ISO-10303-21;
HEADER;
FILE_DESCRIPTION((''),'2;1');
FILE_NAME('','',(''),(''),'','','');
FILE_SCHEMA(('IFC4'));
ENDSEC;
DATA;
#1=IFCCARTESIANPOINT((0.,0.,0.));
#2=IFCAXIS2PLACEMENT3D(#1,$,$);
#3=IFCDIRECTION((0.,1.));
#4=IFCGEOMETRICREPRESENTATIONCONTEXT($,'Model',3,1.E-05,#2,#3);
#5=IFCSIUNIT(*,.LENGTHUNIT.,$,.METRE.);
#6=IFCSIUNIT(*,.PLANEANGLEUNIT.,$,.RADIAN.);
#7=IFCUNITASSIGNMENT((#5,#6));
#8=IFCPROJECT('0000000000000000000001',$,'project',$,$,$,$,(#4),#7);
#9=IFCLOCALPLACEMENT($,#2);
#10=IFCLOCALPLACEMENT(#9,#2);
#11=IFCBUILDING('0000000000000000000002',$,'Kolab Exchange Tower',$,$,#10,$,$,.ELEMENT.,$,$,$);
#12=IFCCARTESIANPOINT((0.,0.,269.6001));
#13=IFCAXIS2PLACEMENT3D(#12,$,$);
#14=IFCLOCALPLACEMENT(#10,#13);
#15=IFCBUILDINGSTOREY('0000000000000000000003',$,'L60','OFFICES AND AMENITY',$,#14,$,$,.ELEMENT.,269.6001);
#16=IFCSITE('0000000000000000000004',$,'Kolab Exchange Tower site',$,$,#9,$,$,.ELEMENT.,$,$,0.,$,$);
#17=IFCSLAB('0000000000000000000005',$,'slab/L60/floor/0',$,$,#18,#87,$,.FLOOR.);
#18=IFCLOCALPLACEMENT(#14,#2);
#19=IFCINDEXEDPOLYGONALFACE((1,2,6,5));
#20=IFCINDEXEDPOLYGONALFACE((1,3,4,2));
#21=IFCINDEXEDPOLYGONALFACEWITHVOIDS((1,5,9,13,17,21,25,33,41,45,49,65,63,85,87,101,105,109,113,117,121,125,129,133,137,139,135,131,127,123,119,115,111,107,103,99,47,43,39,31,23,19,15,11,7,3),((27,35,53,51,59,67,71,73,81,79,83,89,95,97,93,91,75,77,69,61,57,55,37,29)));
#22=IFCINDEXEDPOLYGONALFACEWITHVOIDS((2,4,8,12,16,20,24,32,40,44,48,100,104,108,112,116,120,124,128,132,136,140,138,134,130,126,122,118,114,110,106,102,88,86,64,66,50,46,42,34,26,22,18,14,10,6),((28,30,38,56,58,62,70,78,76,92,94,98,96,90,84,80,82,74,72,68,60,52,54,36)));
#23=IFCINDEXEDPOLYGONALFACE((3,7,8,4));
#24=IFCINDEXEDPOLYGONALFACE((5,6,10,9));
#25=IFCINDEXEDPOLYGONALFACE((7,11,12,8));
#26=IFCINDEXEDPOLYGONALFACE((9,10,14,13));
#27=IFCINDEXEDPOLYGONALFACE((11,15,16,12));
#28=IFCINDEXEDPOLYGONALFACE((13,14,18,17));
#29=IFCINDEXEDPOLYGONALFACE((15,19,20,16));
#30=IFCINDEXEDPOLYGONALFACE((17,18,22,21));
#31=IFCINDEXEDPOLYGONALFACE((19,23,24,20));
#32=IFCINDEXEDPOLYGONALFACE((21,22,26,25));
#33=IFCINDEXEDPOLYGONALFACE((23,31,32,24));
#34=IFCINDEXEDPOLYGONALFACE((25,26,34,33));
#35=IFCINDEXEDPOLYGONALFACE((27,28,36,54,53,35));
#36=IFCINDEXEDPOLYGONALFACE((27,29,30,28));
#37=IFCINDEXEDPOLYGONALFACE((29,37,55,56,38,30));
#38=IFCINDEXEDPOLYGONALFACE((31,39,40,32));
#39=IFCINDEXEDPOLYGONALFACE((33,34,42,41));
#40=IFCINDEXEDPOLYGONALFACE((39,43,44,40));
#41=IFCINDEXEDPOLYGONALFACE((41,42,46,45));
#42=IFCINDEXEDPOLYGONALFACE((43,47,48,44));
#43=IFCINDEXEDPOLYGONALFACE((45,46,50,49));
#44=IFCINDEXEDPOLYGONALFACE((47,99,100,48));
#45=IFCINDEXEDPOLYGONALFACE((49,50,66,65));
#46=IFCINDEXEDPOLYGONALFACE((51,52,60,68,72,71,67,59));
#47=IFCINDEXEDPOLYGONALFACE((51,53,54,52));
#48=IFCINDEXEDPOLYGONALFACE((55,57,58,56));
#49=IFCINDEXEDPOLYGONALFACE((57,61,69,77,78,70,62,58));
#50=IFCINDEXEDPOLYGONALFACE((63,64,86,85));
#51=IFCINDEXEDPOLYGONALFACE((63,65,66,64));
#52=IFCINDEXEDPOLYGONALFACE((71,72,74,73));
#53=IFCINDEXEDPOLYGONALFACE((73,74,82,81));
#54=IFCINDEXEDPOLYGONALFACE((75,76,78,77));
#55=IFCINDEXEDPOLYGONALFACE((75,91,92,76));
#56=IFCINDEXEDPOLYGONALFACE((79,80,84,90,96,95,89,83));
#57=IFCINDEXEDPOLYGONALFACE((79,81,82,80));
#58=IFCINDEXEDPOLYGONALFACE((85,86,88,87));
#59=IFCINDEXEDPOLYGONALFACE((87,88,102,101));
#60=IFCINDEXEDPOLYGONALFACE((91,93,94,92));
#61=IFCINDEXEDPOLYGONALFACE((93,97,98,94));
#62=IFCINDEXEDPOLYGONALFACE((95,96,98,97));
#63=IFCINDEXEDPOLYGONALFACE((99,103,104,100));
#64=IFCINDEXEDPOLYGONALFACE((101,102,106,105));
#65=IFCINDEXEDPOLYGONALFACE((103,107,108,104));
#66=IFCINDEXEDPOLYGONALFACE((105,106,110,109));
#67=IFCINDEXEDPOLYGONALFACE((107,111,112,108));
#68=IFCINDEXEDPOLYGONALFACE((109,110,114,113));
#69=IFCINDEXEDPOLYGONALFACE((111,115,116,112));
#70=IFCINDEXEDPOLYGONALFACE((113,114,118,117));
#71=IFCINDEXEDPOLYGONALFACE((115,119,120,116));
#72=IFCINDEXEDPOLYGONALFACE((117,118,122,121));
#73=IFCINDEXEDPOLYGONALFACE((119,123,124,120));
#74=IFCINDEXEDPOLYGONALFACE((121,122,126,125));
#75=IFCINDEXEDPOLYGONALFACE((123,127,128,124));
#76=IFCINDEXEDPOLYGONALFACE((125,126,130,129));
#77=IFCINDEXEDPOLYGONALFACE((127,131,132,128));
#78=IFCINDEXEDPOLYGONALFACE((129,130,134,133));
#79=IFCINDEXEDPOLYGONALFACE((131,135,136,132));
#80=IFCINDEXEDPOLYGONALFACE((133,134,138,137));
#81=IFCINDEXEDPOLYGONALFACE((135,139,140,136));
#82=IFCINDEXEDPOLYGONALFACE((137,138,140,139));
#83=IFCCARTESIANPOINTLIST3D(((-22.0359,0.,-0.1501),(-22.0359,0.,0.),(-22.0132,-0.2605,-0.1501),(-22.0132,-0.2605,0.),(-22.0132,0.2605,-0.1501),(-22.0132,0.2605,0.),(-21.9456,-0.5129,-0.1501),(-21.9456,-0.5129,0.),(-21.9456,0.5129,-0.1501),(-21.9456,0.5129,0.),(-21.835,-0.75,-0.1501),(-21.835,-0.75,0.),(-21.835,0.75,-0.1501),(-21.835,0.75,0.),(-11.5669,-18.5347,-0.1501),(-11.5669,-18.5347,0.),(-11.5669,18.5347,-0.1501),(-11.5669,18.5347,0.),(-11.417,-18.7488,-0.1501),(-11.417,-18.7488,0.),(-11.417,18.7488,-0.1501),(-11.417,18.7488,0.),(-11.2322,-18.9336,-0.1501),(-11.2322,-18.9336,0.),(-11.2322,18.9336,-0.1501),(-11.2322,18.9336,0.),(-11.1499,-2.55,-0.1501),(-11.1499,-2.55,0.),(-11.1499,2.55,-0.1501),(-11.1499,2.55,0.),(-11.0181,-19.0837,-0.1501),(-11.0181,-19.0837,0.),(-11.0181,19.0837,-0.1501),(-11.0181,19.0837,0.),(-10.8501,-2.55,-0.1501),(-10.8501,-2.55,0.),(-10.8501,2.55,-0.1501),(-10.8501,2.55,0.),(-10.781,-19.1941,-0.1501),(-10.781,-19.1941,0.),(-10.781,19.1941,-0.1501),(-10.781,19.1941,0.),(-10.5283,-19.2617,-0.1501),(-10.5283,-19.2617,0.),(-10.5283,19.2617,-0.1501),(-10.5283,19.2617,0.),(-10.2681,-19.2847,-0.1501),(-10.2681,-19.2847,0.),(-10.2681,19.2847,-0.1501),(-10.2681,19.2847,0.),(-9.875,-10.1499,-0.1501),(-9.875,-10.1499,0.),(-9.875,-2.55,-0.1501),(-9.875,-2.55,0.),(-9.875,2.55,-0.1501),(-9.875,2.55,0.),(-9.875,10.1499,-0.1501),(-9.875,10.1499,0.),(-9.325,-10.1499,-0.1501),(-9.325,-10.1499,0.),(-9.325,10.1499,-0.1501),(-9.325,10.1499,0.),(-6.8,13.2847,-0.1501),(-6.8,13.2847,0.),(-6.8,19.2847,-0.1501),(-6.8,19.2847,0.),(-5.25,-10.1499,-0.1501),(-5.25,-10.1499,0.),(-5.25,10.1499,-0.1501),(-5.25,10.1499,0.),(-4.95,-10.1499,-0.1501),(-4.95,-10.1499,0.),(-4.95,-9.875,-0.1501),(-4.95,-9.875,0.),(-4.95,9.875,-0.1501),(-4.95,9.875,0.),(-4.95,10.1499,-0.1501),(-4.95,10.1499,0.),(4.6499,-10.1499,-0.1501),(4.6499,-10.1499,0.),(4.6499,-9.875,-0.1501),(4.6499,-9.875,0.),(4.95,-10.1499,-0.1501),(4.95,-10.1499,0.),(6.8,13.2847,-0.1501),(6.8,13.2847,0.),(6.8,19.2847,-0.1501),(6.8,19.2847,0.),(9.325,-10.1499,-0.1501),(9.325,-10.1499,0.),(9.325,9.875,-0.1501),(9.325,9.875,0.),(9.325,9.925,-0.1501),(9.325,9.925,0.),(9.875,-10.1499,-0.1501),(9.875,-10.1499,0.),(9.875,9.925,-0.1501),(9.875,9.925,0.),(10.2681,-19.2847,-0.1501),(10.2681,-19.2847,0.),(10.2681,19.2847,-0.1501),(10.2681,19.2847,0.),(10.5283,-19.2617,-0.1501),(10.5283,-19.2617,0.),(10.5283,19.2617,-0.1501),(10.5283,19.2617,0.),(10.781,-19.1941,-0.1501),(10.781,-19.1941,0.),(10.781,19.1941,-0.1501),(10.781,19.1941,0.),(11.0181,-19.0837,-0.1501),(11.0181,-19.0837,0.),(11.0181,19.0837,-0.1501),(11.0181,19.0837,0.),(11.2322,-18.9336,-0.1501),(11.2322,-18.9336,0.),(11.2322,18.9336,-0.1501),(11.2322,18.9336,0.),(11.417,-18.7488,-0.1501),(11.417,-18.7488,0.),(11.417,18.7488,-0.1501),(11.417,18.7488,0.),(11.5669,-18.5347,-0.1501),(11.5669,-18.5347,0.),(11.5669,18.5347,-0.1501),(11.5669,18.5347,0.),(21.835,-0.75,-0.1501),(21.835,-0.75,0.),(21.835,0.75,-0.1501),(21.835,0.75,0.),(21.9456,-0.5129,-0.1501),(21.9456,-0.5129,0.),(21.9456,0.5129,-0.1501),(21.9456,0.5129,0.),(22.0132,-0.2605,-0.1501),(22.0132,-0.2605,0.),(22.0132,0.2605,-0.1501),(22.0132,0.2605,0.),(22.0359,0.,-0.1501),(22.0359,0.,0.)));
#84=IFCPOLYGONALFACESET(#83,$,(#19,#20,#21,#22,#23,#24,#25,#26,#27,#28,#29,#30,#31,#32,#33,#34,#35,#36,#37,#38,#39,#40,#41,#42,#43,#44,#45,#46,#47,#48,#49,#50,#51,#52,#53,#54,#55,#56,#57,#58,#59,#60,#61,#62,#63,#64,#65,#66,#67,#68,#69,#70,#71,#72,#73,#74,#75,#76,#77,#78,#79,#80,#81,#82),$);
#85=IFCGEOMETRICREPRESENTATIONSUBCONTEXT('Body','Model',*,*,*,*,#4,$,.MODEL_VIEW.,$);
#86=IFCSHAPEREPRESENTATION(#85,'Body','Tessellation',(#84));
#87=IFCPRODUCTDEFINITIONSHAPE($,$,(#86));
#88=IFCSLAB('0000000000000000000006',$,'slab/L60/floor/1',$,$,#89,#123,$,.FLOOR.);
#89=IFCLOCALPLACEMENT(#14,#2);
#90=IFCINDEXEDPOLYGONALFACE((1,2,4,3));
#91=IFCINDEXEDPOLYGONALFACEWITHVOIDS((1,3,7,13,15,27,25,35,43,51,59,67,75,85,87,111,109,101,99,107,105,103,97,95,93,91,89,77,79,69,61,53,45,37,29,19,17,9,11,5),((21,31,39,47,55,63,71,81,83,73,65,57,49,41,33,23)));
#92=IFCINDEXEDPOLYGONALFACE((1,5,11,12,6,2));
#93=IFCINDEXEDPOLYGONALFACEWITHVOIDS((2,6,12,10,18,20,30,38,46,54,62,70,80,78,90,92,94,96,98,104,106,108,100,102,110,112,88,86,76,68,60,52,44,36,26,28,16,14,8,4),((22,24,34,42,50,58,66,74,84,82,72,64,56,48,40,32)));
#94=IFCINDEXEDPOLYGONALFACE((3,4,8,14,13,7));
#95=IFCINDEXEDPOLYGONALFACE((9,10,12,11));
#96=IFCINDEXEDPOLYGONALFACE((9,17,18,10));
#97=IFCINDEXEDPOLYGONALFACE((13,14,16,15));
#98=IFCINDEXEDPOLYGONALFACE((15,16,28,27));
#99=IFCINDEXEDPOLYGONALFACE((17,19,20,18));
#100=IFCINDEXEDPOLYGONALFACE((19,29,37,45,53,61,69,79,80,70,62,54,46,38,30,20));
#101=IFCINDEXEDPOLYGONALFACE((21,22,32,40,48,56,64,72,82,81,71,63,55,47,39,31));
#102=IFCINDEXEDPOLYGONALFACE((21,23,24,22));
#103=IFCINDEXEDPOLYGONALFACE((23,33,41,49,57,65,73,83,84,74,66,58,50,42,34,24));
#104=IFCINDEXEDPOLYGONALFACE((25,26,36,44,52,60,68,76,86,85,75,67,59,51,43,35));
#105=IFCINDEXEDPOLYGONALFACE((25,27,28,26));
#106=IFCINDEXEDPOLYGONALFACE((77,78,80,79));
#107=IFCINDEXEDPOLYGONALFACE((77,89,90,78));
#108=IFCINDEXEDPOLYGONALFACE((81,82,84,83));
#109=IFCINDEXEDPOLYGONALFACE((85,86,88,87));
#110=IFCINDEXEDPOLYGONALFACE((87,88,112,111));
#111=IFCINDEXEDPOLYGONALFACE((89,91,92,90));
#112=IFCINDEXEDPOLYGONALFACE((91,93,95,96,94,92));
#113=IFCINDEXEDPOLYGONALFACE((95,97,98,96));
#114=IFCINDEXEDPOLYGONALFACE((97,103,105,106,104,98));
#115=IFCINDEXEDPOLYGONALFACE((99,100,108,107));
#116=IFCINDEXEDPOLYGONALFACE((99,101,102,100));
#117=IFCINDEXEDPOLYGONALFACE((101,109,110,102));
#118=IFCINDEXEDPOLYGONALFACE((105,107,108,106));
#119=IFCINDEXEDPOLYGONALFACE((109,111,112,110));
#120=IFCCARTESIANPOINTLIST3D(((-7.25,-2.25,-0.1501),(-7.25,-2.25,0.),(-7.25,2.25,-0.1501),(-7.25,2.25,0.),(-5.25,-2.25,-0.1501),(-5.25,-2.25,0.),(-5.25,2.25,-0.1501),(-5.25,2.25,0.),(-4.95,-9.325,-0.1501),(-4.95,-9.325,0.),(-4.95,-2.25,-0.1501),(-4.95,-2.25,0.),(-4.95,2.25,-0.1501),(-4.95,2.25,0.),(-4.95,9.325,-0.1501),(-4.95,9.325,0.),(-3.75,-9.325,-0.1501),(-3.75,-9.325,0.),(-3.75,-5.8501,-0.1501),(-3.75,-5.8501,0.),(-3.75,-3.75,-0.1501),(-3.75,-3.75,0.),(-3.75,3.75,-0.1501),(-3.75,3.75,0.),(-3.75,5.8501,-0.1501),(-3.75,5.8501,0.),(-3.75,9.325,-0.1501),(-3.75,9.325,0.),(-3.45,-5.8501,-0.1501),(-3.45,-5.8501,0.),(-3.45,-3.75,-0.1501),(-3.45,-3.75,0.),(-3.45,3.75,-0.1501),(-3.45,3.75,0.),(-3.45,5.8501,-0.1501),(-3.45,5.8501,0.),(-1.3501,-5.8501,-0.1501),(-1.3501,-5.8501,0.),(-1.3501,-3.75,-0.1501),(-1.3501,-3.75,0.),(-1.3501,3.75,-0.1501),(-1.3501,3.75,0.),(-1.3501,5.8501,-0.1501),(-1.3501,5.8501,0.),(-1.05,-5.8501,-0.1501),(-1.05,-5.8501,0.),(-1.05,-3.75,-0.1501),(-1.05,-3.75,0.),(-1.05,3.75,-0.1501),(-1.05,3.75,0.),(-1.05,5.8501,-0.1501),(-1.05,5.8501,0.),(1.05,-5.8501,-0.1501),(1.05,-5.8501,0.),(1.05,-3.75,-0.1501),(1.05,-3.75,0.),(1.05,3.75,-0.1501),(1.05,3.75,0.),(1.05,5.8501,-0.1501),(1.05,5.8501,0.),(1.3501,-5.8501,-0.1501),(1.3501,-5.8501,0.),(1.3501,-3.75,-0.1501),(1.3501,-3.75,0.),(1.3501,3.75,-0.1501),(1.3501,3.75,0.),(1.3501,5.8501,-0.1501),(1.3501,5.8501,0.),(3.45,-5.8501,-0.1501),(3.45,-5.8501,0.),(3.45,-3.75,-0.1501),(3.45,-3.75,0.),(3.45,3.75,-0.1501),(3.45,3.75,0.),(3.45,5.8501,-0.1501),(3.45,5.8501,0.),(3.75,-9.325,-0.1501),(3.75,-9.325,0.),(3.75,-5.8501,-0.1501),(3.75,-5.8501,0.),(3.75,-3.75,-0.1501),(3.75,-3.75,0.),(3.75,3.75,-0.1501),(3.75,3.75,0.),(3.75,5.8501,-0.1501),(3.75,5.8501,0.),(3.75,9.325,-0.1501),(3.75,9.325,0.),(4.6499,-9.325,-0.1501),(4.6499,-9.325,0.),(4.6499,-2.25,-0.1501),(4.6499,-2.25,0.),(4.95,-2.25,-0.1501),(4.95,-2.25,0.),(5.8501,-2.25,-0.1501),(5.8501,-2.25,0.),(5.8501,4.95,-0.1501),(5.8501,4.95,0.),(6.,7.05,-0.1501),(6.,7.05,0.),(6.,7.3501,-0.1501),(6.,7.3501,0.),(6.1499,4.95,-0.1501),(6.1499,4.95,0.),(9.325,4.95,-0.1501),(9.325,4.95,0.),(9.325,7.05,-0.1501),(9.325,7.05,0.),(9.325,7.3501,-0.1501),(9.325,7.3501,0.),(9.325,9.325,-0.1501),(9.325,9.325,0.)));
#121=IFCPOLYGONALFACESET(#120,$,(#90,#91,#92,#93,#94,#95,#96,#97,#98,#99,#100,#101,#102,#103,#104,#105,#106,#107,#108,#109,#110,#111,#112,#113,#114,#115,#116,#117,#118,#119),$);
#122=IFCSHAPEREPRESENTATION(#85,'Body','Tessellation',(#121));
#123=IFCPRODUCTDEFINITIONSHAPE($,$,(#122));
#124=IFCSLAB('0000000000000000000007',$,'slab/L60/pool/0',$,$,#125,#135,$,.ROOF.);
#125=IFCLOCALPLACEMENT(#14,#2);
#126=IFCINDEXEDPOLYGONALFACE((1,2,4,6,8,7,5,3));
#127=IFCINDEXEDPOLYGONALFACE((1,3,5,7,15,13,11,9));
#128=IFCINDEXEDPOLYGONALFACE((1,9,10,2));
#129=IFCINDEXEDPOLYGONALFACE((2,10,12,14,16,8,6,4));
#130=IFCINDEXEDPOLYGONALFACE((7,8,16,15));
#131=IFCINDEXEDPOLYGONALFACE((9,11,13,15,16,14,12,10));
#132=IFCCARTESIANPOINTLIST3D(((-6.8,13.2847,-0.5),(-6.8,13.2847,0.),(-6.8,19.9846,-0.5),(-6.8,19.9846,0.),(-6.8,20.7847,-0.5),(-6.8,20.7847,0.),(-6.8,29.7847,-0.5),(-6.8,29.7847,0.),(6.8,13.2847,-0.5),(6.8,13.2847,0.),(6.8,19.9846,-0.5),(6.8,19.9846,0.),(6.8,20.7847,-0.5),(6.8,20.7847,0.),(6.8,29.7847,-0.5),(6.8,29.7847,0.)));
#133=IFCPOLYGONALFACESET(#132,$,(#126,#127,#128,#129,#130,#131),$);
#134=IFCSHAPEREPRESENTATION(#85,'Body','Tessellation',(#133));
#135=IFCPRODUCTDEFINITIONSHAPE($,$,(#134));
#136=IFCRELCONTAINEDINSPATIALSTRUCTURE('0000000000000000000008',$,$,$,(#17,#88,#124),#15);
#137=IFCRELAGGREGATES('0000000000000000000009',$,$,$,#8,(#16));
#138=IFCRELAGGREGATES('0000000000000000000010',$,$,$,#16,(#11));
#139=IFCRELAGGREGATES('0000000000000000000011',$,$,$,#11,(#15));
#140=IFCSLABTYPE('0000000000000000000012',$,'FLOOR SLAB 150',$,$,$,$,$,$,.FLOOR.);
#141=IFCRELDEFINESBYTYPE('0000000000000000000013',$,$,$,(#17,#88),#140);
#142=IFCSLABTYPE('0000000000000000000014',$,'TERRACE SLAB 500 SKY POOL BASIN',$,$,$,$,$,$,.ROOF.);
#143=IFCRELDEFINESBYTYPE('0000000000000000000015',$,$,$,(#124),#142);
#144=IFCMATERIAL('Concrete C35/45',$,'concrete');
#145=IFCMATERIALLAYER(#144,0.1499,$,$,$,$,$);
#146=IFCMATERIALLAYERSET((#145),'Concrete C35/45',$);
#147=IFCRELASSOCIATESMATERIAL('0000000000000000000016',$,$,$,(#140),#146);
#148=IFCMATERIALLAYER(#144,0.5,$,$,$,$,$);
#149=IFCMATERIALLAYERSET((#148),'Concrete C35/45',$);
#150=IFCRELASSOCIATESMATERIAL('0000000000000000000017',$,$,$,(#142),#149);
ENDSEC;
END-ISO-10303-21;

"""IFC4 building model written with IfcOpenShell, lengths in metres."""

from ifc_helpers import new_model, si_unit, direction, frame, origin, place, context, subcontext, project, spatial, polyline, outline, extrude, material, layer, layer_set, type_object, element, save


model = new_model("IFC4")

# Units and contexts
model_context = context("Model", 3, precision=1e-05, world=origin(), true_north=direction((0.0, 1.0)))
body_context = subcontext(model_context, "Body", "Model", "MODEL_VIEW")
ifc_project = project(units=[si_unit("LENGTHUNIT", "METRE"), si_unit("PLANEANGLEUNIT", "RADIAN")], contexts=[model_context])

# Site, building, storey
site_placement = place(None, origin())
site = spatial("IfcSite", under=ifc_project, at=site_placement, Name="Kolab Exchange Tower site", CompositionType="ELEMENT", RefElevation=0.0)
building_placement = place(site_placement, origin())
building = spatial("IfcBuilding", under=site, at=building_placement, Name="Kolab Exchange Tower", CompositionType="ELEMENT")
storey_placement = place(building_placement, frame((0.0, 0.0, 269.6001)))
storey = spatial("IfcBuildingStorey", under=building, at=storey_placement, Name="L60", Description="OFFICES AND AMENITY", CompositionType="ELEMENT", Elevation=269.6001)

# Slabs
ifc_material_1 = material(Name="Concrete C35/45", Category="concrete")
ifc_layer_1 = layer(ifc_material_1, 0.1499)
ifc_layer_set_1 = layer_set([ifc_layer_1], Name="Concrete C35/45")
slab_type_1 = type_object("IfcSlabType", Name="FLOOR SLAB 150", PredefinedType="FLOOR", material=ifc_layer_set_1)
slab_1_placement = place(storey_placement, frame((0.0, 0.0, -0.1501)))
element("IfcSlab", 1, at=slab_1_placement, inside=storey, type_object=slab_type_1, Name="slab/L60/floor/0", PredefinedType="FLOOR", context=body_context, shape_type="SweptSolid", body=[
    extrude(outline(polyline([(10.2681, 19.2847), (6.8, 19.2847), (6.8, 13.2847), (-6.8, 13.2847), (-6.8, 19.2847), (-10.2681, 19.2847), (-10.5283, 19.2617), (-10.781, 19.1941), (-11.0181, 19.0837), (-11.2322, 18.9336), (-11.417, 18.7488), (-11.5669, 18.5347), (-21.835, 0.75), (-21.9456, 0.5129), (-22.0132, 0.2605), (-22.0359, 0.0), (-22.0132, -0.2605), (-21.9456, -0.5129), (-21.835, -0.75), (-11.5669, -18.5347), (-11.417, -18.7488), (-11.2322, -18.9336), (-11.0181, -19.0837), (-10.781, -19.1941), (-10.5283, -19.2617), (-10.2681, -19.2847), (10.2681, -19.2847), (10.5283, -19.2617), (10.781, -19.1941), (11.0181, -19.0837), (11.2322, -18.9336), (11.417, -18.7488), (11.5669, -18.5347), (21.835, -0.75), (21.9456, -0.5129), (22.0132, -0.2605), (22.0359, 0.0), (22.0132, 0.2605), (21.9456, 0.5129), (21.835, 0.75), (11.5669, 18.5347), (11.417, 18.7488), (11.2322, 18.9336), (11.0181, 19.0837), (10.781, 19.1941), (10.5283, 19.2617), (10.2681, 19.2847)]), holes=[polyline([(-9.325, -10.1499), (-9.875, -10.1499), (-9.875, -2.55), (-10.8501, -2.55), (-11.1499, -2.55), (-11.1499, 2.55), (-10.8501, 2.55), (-9.875, 2.55), (-9.875, 10.1499), (-9.325, 10.1499), (-5.25, 10.1499), (-4.95, 10.1499), (-4.95, 9.875), (9.325, 9.875), (9.325, 9.925), (9.875, 9.925), (9.875, -10.1499), (9.325, -10.1499), (4.95, -10.1499), (4.6499, -10.1499), (4.6499, -9.875), (-4.95, -9.875), (-4.95, -10.1499), (-5.25, -10.1499), (-9.325, -10.1499)])]), origin(), (0.0, 0.0, 1.0), 0.1501),
])
slab_2_placement = place(storey_placement, frame((0.0, 0.0, -0.1501)))
element("IfcSlab", 2, at=slab_2_placement, inside=storey, type_object=slab_type_1, Name="slab/L60/floor/1", PredefinedType="FLOOR", context=body_context, shape_type="SweptSolid", body=[
    extrude(outline(polyline([(-4.95, 9.325), (-4.95, 2.25), (-5.25, 2.25), (-7.25, 2.25), (-7.25, -2.25), (-5.25, -2.25), (-4.95, -2.25), (-4.95, -9.325), (-3.75, -9.325), (-3.75, -5.8501), (-3.45, -5.8501), (-1.3501, -5.8501), (-1.05, -5.8501), (1.05, -5.8501), (1.3501, -5.8501), (3.45, -5.8501), (3.75, -5.8501), (3.75, -9.325), (4.6499, -9.325), (4.6499, -2.25), (4.95, -2.25), (5.8501, -2.25), (5.8501, 4.95), (6.1499, 4.95), (9.325, 4.95), (9.325, 7.05), (6.0, 7.05), (6.0, 7.3501), (9.325, 7.3501), (9.325, 9.325), (3.75, 9.325), (3.75, 5.8501), (3.45, 5.8501), (1.3501, 5.8501), (1.05, 5.8501), (-1.05, 5.8501), (-1.3501, 5.8501), (-3.45, 5.8501), (-3.75, 5.8501), (-3.75, 9.325), (-4.95, 9.325)]), holes=[polyline([(-1.05, -3.75), (-1.3501, -3.75), (-3.45, -3.75), (-3.75, -3.75), (-3.75, 3.75), (-3.45, 3.75), (-1.3501, 3.75), (-1.05, 3.75), (1.05, 3.75), (1.3501, 3.75), (3.45, 3.75), (3.75, 3.75), (3.75, -3.75), (3.45, -3.75), (1.3501, -3.75), (1.05, -3.75), (-1.05, -3.75)])]), origin(), (0.0, 0.0, 1.0), 0.1501),
])
ifc_layer_2 = layer(ifc_material_1, 0.5)
ifc_layer_set_2 = layer_set([ifc_layer_2], Name="Concrete C35/45")
slab_type_2 = type_object("IfcSlabType", Name="TERRACE SLAB 500 SKY POOL BASIN", PredefinedType="ROOF", material=ifc_layer_set_2)
slab_3_placement = place(storey_placement, frame((0.0, 0.0, -0.5)))
element("IfcSlab", 3, at=slab_3_placement, inside=storey, type_object=slab_type_2, Name="slab/L60/pool/0", PredefinedType="ROOF", context=body_context, shape_type="SweptSolid", body=[
    extrude(outline(polyline([(6.8, 13.2847), (6.8, 19.9846), (6.8, 20.7847), (6.8, 29.7847), (-6.8, 29.7847), (-6.8, 20.7847), (-6.8, 19.9846), (-6.8, 13.2847), (6.8, 13.2847)])), origin(), (0.0, 0.0, 1.0), 0.5),
])

save(model, "model.ifc")
